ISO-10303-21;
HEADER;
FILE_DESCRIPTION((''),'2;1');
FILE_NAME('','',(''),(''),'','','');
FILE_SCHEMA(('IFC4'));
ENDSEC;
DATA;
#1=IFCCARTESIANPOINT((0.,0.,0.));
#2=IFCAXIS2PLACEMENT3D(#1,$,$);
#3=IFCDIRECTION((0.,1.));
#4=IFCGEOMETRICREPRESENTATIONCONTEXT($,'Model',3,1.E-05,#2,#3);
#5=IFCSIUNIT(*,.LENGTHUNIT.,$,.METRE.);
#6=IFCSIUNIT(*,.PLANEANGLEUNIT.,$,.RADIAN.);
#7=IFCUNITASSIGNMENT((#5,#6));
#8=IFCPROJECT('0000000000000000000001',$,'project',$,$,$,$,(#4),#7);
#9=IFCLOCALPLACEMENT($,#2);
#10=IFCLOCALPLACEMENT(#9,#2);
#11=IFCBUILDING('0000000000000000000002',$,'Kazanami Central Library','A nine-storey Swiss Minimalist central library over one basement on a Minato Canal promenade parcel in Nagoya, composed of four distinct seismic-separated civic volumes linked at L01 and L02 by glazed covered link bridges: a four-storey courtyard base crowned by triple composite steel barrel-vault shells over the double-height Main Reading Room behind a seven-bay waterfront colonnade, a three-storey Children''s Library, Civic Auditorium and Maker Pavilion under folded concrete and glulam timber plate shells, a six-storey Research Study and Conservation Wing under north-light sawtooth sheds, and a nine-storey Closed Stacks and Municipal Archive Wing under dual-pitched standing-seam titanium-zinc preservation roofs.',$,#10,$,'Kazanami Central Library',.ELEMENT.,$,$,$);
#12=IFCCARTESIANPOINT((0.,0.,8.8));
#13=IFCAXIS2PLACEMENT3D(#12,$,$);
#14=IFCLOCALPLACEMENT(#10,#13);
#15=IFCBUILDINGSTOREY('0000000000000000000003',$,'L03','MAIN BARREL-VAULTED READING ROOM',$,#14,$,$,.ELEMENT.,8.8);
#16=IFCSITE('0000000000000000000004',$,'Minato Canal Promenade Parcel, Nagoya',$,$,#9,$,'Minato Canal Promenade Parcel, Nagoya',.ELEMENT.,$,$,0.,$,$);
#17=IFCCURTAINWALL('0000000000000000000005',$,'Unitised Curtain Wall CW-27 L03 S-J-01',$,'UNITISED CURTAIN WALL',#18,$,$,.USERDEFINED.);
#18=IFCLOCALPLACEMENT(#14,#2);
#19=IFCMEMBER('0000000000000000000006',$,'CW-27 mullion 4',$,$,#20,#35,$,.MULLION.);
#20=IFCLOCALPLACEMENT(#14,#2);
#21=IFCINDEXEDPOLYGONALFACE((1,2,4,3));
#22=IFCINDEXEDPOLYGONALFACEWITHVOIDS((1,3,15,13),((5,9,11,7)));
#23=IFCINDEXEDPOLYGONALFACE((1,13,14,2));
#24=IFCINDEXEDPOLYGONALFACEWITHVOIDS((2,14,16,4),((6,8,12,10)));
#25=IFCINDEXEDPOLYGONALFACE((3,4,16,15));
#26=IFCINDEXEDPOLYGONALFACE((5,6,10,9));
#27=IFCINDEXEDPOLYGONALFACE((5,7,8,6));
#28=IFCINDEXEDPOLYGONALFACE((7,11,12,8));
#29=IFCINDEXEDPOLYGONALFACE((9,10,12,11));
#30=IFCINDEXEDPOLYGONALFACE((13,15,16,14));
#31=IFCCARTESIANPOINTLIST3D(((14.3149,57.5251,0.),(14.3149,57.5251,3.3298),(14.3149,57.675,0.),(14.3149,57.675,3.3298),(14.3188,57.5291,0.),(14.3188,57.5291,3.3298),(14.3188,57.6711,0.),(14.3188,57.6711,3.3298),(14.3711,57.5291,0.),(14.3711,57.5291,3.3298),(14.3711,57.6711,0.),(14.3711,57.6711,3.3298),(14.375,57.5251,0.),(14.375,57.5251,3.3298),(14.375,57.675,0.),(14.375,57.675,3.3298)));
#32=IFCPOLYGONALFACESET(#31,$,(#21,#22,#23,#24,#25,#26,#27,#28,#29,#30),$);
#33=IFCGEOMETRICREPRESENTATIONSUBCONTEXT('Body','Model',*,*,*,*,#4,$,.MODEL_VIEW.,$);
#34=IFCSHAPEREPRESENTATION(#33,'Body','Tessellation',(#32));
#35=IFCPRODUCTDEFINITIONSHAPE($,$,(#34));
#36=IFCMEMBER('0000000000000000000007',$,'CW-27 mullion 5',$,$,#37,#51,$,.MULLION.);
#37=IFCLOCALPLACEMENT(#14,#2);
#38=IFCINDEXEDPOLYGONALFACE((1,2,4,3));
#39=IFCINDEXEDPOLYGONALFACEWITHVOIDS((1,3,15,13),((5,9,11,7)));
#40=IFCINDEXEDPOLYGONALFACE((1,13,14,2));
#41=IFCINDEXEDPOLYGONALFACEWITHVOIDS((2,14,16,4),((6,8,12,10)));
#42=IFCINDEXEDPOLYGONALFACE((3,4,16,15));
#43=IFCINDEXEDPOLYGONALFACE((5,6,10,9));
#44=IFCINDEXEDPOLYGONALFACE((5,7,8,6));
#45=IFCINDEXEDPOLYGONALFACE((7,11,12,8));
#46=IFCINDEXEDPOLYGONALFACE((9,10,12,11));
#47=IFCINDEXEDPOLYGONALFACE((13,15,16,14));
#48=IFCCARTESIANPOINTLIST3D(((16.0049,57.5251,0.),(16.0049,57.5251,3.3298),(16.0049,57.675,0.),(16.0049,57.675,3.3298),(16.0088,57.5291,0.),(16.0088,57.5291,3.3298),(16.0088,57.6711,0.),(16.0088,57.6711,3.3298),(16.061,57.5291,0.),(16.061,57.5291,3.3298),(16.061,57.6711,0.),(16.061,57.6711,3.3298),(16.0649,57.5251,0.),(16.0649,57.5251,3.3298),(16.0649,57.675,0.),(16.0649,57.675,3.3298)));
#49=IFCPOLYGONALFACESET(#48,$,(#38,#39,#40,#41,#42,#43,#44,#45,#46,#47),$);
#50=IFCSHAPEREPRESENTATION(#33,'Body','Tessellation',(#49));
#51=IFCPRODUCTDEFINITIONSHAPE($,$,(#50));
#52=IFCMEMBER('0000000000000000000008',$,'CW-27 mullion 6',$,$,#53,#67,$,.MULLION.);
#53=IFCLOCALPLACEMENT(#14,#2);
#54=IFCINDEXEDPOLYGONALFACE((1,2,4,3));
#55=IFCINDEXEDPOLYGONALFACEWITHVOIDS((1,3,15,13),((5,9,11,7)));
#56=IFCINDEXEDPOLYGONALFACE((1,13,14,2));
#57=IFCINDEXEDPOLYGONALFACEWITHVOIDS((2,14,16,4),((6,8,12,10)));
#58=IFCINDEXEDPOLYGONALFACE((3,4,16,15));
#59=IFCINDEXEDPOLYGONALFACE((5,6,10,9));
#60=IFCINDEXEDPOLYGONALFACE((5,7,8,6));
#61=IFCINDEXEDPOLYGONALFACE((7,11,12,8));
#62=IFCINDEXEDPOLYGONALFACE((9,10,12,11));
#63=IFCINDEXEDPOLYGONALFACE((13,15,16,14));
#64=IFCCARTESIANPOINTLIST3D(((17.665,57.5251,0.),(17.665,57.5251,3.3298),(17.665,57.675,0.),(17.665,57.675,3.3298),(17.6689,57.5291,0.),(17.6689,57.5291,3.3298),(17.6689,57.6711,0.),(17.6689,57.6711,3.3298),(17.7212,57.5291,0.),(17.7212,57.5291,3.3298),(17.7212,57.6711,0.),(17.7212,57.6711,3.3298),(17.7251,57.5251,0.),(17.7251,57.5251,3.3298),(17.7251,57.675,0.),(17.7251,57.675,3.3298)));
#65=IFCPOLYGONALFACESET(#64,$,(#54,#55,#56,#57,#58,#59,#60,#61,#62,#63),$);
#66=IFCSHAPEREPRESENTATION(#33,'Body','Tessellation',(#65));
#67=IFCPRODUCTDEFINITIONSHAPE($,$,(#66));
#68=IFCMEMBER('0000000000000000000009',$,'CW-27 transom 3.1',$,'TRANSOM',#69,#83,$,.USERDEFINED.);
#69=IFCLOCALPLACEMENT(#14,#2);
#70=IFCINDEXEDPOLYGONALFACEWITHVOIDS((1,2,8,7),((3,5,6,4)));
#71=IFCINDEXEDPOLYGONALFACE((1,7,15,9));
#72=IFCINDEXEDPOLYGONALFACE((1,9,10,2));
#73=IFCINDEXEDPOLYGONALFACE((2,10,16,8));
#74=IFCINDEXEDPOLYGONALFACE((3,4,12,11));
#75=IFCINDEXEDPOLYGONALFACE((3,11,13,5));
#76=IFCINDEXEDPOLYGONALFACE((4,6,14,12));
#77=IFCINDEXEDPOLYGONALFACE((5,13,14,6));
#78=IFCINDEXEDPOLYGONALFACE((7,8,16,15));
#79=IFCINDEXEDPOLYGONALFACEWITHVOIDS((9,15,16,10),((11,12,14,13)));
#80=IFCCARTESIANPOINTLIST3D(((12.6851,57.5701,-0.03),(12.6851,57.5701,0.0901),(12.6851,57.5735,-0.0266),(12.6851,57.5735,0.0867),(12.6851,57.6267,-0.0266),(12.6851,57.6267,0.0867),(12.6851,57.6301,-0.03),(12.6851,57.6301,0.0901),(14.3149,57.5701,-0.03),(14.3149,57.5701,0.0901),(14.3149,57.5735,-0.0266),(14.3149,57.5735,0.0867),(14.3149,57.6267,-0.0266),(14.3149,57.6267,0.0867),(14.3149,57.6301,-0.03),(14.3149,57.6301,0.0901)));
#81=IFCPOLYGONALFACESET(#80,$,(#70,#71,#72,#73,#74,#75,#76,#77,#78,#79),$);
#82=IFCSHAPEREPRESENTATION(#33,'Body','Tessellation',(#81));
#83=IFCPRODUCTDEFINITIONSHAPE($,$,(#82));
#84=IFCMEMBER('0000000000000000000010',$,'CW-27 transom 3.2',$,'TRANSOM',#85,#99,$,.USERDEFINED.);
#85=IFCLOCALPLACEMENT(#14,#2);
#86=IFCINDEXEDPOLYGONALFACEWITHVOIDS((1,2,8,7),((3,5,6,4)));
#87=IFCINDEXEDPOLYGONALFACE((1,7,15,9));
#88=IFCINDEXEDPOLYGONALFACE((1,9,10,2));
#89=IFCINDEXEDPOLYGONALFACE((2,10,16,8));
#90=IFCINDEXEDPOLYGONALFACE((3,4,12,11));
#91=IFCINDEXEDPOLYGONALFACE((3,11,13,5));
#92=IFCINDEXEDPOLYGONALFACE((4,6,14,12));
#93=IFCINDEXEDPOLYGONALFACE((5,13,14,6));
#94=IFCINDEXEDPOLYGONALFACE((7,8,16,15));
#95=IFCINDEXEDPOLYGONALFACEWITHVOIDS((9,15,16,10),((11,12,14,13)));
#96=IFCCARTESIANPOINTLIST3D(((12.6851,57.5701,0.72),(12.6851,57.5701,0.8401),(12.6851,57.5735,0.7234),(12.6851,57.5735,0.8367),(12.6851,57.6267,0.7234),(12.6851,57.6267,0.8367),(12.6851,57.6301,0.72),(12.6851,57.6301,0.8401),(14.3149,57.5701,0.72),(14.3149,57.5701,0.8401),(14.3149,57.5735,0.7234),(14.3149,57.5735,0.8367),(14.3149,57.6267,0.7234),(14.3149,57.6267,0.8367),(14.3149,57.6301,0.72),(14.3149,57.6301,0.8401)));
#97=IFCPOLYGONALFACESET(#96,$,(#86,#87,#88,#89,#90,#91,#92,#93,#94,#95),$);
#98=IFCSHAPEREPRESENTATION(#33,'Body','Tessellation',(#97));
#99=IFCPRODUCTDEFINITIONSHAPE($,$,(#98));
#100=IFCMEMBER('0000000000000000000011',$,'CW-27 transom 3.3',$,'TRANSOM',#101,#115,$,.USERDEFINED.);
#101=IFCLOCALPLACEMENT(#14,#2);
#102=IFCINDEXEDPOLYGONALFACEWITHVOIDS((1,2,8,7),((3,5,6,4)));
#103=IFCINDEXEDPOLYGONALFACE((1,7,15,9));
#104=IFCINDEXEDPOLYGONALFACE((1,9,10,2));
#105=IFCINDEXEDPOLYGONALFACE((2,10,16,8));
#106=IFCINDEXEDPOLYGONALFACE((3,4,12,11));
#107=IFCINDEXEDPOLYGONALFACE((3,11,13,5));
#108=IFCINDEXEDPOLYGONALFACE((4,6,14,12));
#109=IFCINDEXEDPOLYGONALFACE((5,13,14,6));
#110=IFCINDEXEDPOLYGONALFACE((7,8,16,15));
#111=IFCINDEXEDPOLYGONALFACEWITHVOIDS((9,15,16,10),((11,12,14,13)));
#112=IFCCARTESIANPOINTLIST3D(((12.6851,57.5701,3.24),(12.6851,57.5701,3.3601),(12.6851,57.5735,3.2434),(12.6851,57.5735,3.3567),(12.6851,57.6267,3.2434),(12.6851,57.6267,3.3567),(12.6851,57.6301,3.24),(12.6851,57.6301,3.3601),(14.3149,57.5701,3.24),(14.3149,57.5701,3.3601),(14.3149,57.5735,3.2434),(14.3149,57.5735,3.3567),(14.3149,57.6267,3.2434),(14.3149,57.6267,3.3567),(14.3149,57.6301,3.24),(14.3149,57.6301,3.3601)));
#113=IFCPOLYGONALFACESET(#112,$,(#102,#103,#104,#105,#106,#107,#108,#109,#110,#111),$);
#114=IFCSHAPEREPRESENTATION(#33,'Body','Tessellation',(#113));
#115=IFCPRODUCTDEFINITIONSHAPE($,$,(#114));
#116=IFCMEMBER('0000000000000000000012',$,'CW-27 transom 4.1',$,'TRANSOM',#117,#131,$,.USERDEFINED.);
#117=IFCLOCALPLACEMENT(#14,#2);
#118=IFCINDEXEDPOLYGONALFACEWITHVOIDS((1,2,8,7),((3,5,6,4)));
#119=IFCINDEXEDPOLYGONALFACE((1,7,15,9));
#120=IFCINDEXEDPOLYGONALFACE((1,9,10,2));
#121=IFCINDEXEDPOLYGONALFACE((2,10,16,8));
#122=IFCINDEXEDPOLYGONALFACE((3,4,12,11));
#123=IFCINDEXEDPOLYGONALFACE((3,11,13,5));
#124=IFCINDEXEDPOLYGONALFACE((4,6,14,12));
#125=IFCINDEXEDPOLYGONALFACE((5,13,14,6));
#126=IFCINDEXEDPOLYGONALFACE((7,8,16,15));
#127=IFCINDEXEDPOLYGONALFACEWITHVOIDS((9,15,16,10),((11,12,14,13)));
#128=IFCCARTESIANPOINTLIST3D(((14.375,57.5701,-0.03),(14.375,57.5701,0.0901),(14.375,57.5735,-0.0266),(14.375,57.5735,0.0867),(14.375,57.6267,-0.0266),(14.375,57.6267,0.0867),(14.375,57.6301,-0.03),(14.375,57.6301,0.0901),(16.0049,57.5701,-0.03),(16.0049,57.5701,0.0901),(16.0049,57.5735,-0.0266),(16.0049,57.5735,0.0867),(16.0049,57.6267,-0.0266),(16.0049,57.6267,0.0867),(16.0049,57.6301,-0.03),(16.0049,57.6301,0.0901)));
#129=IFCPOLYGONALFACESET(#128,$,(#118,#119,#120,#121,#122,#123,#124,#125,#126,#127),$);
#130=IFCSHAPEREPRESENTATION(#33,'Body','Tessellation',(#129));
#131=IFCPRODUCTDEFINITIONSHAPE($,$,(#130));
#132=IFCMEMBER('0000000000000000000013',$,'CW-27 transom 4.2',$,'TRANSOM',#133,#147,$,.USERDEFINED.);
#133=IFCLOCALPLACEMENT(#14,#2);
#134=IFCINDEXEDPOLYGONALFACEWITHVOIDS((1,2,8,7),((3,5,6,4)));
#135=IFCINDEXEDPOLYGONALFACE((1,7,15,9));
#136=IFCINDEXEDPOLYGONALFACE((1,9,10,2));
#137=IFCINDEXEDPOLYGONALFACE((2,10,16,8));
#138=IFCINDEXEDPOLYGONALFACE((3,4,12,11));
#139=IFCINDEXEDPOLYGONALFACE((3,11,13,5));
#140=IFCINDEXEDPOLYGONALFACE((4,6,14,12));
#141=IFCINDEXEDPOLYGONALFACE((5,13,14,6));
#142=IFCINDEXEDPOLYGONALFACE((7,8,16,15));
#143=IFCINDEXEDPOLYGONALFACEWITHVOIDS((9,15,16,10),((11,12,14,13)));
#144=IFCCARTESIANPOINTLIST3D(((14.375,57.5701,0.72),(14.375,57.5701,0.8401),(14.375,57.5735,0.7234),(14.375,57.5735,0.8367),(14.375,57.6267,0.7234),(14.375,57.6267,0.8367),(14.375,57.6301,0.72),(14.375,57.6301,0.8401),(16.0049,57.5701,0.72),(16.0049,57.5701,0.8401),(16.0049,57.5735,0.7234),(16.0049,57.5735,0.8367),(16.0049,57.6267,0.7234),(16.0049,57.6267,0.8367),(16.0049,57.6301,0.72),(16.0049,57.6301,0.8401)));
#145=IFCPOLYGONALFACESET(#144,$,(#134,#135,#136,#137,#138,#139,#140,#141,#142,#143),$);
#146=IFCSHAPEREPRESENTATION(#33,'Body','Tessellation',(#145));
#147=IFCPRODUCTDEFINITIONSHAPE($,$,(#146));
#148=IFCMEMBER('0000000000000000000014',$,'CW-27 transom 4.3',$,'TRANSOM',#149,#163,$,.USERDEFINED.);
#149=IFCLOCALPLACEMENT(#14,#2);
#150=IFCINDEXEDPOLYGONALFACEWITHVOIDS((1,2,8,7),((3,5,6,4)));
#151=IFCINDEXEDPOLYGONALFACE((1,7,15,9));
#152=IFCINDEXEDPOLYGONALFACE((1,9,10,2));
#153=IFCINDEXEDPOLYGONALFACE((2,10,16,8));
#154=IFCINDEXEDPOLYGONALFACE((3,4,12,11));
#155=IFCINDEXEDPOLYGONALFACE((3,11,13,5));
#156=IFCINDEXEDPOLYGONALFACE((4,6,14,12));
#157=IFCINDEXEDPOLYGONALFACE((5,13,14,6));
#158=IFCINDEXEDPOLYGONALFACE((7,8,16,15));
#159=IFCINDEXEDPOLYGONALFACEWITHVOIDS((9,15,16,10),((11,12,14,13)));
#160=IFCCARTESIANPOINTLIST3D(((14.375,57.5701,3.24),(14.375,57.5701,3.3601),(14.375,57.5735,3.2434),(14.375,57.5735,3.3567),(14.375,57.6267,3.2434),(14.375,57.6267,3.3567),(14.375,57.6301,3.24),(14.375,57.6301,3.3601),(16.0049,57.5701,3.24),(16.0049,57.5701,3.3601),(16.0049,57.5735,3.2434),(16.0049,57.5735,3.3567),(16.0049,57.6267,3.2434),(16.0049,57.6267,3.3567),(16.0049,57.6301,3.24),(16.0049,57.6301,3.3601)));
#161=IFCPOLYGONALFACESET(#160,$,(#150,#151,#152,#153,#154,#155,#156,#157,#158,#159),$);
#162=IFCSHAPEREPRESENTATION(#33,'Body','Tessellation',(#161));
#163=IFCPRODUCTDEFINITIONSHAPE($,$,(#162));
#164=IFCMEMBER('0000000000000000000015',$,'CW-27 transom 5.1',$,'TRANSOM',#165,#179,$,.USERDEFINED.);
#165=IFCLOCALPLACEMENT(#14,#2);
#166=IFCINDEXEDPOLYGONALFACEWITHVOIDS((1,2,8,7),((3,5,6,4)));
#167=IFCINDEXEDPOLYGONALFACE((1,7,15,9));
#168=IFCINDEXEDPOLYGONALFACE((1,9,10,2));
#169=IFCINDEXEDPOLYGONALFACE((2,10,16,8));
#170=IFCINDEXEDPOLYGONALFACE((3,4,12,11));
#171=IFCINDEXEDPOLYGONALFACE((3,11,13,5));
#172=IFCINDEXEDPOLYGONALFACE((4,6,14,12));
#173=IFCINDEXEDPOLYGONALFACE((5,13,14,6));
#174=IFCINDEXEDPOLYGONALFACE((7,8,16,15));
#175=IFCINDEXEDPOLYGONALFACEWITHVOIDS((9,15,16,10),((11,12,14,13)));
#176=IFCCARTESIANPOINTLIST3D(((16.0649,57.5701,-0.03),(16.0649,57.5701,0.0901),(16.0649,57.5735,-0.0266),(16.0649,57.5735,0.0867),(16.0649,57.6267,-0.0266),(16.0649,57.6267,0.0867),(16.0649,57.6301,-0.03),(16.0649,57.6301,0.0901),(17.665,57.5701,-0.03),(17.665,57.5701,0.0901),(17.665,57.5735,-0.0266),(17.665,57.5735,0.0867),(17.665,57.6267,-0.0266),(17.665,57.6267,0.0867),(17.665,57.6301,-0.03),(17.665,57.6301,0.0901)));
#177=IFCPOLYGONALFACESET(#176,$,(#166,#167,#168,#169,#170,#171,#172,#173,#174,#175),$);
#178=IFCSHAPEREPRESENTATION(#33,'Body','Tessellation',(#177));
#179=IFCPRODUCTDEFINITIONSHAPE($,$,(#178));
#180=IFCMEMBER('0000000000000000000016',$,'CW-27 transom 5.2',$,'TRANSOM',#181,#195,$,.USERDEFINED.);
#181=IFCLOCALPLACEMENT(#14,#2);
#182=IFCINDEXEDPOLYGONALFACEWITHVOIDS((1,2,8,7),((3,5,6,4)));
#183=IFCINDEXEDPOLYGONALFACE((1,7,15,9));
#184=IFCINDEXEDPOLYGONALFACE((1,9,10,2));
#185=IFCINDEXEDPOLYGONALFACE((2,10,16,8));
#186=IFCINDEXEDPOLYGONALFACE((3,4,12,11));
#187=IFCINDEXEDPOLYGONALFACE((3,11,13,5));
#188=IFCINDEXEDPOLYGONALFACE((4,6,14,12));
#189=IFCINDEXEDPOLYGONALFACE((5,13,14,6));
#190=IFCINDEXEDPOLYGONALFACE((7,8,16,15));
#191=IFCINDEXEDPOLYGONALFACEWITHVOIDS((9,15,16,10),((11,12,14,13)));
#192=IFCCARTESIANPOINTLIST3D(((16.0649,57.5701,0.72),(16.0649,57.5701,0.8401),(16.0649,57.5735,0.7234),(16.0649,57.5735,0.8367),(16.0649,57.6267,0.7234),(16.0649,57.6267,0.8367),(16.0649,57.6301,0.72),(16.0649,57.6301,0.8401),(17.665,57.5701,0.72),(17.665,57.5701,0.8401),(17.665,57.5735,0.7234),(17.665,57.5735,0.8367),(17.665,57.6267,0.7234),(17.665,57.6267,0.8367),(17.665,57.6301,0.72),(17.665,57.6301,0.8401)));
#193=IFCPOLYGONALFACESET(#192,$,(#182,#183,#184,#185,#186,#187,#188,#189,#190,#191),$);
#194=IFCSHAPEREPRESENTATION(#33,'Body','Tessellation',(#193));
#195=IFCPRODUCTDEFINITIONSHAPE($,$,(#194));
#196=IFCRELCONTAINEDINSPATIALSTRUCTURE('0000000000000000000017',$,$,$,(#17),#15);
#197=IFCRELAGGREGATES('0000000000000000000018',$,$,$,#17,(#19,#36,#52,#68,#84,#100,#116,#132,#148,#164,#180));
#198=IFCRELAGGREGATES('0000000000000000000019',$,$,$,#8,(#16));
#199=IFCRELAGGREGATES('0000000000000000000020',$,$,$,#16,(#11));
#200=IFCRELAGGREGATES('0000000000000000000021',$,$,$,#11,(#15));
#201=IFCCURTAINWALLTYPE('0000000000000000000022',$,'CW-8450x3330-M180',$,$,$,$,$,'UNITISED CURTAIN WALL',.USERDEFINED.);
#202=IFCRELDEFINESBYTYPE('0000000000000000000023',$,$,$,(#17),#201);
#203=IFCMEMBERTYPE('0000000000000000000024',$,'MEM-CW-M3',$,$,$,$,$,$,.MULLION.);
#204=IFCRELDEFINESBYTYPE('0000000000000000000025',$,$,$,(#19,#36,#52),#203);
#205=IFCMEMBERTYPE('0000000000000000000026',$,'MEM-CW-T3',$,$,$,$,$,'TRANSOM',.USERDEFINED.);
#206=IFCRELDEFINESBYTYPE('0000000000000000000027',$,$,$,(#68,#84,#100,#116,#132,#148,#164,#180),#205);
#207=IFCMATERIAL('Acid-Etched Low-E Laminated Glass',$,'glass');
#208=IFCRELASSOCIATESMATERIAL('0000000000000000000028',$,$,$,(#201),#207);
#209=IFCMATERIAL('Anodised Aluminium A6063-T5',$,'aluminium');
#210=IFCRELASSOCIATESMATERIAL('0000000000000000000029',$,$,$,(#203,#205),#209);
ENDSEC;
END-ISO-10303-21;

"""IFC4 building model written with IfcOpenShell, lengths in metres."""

from ifc_helpers import new_model, si_unit, direction, frame, origin, origin_2d, place, context, subcontext, project, spatial, hollow_rectangle, extrude, material, material_profile, profile_set, type_object, element, aggregate, save


model = new_model("IFC4")

# Units and contexts
model_context = context("Model", 3, precision=1e-05, world=origin(), true_north=direction((0.0, 1.0)))
body_context = subcontext(model_context, "Body", "Model", "MODEL_VIEW")
ifc_project = project(units=[si_unit("LENGTHUNIT", "METRE"), si_unit("PLANEANGLEUNIT", "RADIAN")], contexts=[model_context])

# Site, building, storey
site_placement = place(None, origin())
site = spatial("IfcSite", under=ifc_project, at=site_placement, Name="Minato Canal Promenade Parcel, Nagoya", LongName="Minato Canal Promenade Parcel, Nagoya", CompositionType="ELEMENT", RefElevation=0.0)
building_placement = place(site_placement, origin())
building = spatial("IfcBuilding", under=site, at=building_placement, Name="Kazanami Central Library", Description="A nine-storey Swiss Minimalist central library over one basement on a Minato Canal promenade parcel in Nagoya, composed of four distinct seismic-separated civic volumes linked at L01 and L02 by glazed covered link bridges: a four-storey courtyard base crowned by triple composite steel barrel-vault shells over the double-height Main Reading Room behind a seven-bay waterfront colonnade, a three-storey Children's Library, Civic Auditorium and Maker Pavilion under folded concrete and glulam timber plate shells, a six-storey Research Study and Conservation Wing under north-light sawtooth sheds, and a nine-storey Closed Stacks and Municipal Archive Wing under dual-pitched standing-seam titanium-zinc preservation roofs.", LongName="Kazanami Central Library", CompositionType="ELEMENT")
storey_placement = place(building_placement, frame((0.0, 0.0, 8.8)))
storey = spatial("IfcBuildingStorey", under=building, at=storey_placement, Name="L03", Description="MAIN BARREL-VAULTED READING ROOM", CompositionType="ELEMENT", Elevation=8.8)

# Curtain wall, members
ifc_material_1 = material(Name="Acid-Etched Low-E Laminated Glass", Category="glass")
curtain_wall_type = type_object("IfcCurtainWallType", Name="CW-8450x3330-M180", ElementType="UNITISED CURTAIN WALL", PredefinedType="USERDEFINED", material=ifc_material_1)
curtain_wall_placement = place(storey_placement, origin())
curtain_wall = element("IfcCurtainWall", 1, at=curtain_wall_placement, inside=storey, type_object=curtain_wall_type, Name="Unitised Curtain Wall CW-27 L03 S-J-01", ObjectType="UNITISED CURTAIN WALL", PredefinedType="USERDEFINED")
ifc_material_2 = material(Name="Anodised Aluminium A6063-T5", Category="aluminium")
ifc_material_profile_1 = material_profile(ifc_material_2, hollow_rectangle(XDim=0.0601, YDim=0.1499, WallThickness=0.0039, at=origin_2d()), Name="ALU-MULL-60x150x4")
ifc_profile_set_1 = profile_set([ifc_material_profile_1], Name="Anodised Aluminium A6063-T5")
member_type_1 = type_object("IfcMemberType", Name="MEM-CW-M3", PredefinedType="MULLION", material=ifc_profile_set_1)
member_1_placement = place(storey_placement, frame((14.345, 57.6001, 0.0), z_axis=(0.0, 0.0, 1.0), x_axis=(1.0, 0.0, 0.0)))
member_1 = element("IfcMember", 2, at=member_1_placement, type_object=member_type_1, Name="CW-27 mullion 4", PredefinedType="MULLION", context=body_context, shape_type="SweptSolid", body=[
    extrude(hollow_rectangle(XDim=0.0601, YDim=0.1499, WallThickness=0.0039, at=origin_2d()), origin(), (0.0, 0.0, 1.0), 3.3298),
])
member_2_placement = place(storey_placement, frame((16.0349, 57.6001, 0.0), z_axis=(0.0, 0.0, 1.0), x_axis=(1.0, 0.0, 0.0)))
member_2 = element("IfcMember", 3, at=member_2_placement, type_object=member_type_1, Name="CW-27 mullion 5", PredefinedType="MULLION", context=body_context, shape_type="SweptSolid", body=[
    extrude(hollow_rectangle(XDim=0.0601, YDim=0.1499, WallThickness=0.0039, at=origin_2d()), origin(), (0.0, 0.0, 1.0), 3.3298),
])
member_3_placement = place(storey_placement, frame((17.6951, 57.6001, 0.0), z_axis=(0.0, 0.0, 1.0), x_axis=(1.0, 0.0, 0.0)))
member_3 = element("IfcMember", 4, at=member_3_placement, type_object=member_type_1, Name="CW-27 mullion 6", PredefinedType="MULLION", context=body_context, shape_type="SweptSolid", body=[
    extrude(hollow_rectangle(XDim=0.0601, YDim=0.1499, WallThickness=0.0039, at=origin_2d()), origin(), (0.0, 0.0, 1.0), 3.3298),
])
ifc_material_profile_2 = material_profile(ifc_material_2, hollow_rectangle(XDim=0.0601, YDim=0.1201, WallThickness=0.0034, at=origin_2d()), Name="ALU-TRAN-60x120x3.5")
ifc_profile_set_2 = profile_set([ifc_material_profile_2], Name="Anodised Aluminium A6063-T5")
member_type_2 = type_object("IfcMemberType", Name="MEM-CW-T3", ElementType="TRANSOM", PredefinedType="USERDEFINED", material=ifc_profile_set_2)
member_4_placement = place(storey_placement, frame((12.6851, 57.6001, 0.03), z_axis=(1.0, 0.0, 0.0), x_axis=(0.0, 1.0, 0.0)))
member_4 = element("IfcMember", 5, at=member_4_placement, type_object=member_type_2, Name="CW-27 transom 3.1", ObjectType="TRANSOM", PredefinedType="USERDEFINED", context=body_context, shape_type="SweptSolid", body=[
    extrude(hollow_rectangle(XDim=0.0601, YDim=0.1201, WallThickness=0.0034, at=origin_2d()), origin(), (0.0, 0.0, 1.0), 1.6299),
])
member_5_placement = place(storey_placement, frame((12.6851, 57.6001, 0.78), z_axis=(1.0, 0.0, 0.0), x_axis=(0.0, 1.0, 0.0)))
member_5 = element("IfcMember", 6, at=member_5_placement, type_object=member_type_2, Name="CW-27 transom 3.2", ObjectType="TRANSOM", PredefinedType="USERDEFINED", context=body_context, shape_type="SweptSolid", body=[
    extrude(hollow_rectangle(XDim=0.0601, YDim=0.1201, WallThickness=0.0034, at=origin_2d()), origin(), (0.0, 0.0, 1.0), 1.6299),
])
member_6_placement = place(storey_placement, frame((12.6851, 57.6001, 3.3), z_axis=(1.0, 0.0, 0.0), x_axis=(0.0, 1.0, 0.0)))
member_6 = element("IfcMember", 7, at=member_6_placement, type_object=member_type_2, Name="CW-27 transom 3.3", ObjectType="TRANSOM", PredefinedType="USERDEFINED", context=body_context, shape_type="SweptSolid", body=[
    extrude(hollow_rectangle(XDim=0.0601, YDim=0.1201, WallThickness=0.0034, at=origin_2d()), origin(), (0.0, 0.0, 1.0), 1.6299),
])
member_7_placement = place(storey_placement, frame((14.375, 57.6001, 0.03), z_axis=(1.0, 0.0, 0.0), x_axis=(0.0, 1.0, 0.0)))
member_7 = element("IfcMember", 8, at=member_7_placement, type_object=member_type_2, Name="CW-27 transom 4.1", ObjectType="TRANSOM", PredefinedType="USERDEFINED", context=body_context, shape_type="SweptSolid", body=[
    extrude(hollow_rectangle(XDim=0.0601, YDim=0.1201, WallThickness=0.0034, at=origin_2d()), origin(), (0.0, 0.0, 1.0), 1.6299),
])
member_8_placement = place(storey_placement, frame((14.375, 57.6001, 0.78), z_axis=(1.0, 0.0, 0.0), x_axis=(0.0, 1.0, 0.0)))
member_8 = element("IfcMember", 9, at=member_8_placement, type_object=member_type_2, Name="CW-27 transom 4.2", ObjectType="TRANSOM", PredefinedType="USERDEFINED", context=body_context, shape_type="SweptSolid", body=[
    extrude(hollow_rectangle(XDim=0.0601, YDim=0.1201, WallThickness=0.0034, at=origin_2d()), origin(), (0.0, 0.0, 1.0), 1.6299),
])
member_9_placement = place(storey_placement, frame((14.375, 57.6001, 3.3), z_axis=(1.0, 0.0, 0.0), x_axis=(0.0, 1.0, 0.0)))
member_9 = element("IfcMember", 10, at=member_9_placement, type_object=member_type_2, Name="CW-27 transom 4.3", ObjectType="TRANSOM", PredefinedType="USERDEFINED", context=body_context, shape_type="SweptSolid", body=[
    extrude(hollow_rectangle(XDim=0.0601, YDim=0.1201, WallThickness=0.0034, at=origin_2d()), origin(), (0.0, 0.0, 1.0), 1.6299),
])
member_10_placement = place(storey_placement, frame((16.0649, 57.6001, 0.03), z_axis=(1.0, 0.0, 0.0), x_axis=(0.0, 1.0, 0.0)))
member_10 = element("IfcMember", 11, at=member_10_placement, type_object=member_type_2, Name="CW-27 transom 5.1", ObjectType="TRANSOM", PredefinedType="USERDEFINED", context=body_context, shape_type="SweptSolid", body=[
    extrude(hollow_rectangle(XDim=0.0601, YDim=0.1201, WallThickness=0.0034, at=origin_2d()), origin(), (0.0, 0.0, 1.0), 1.6001),
])
member_11_placement = place(storey_placement, frame((16.0649, 57.6001, 0.78), z_axis=(1.0, 0.0, 0.0), x_axis=(0.0, 1.0, 0.0)))
member_11 = element("IfcMember", 12, at=member_11_placement, type_object=member_type_2, Name="CW-27 transom 5.2", ObjectType="TRANSOM", PredefinedType="USERDEFINED", context=body_context, shape_type="SweptSolid", body=[
    extrude(hollow_rectangle(XDim=0.0601, YDim=0.1201, WallThickness=0.0034, at=origin_2d()), origin(), (0.0, 0.0, 1.0), 1.6001),
])
aggregate(curtain_wall, [member_1, member_2, member_3, member_4, member_5, member_6, member_7, member_8, member_9, member_10, member_11])

save(model, "model.ifc")
